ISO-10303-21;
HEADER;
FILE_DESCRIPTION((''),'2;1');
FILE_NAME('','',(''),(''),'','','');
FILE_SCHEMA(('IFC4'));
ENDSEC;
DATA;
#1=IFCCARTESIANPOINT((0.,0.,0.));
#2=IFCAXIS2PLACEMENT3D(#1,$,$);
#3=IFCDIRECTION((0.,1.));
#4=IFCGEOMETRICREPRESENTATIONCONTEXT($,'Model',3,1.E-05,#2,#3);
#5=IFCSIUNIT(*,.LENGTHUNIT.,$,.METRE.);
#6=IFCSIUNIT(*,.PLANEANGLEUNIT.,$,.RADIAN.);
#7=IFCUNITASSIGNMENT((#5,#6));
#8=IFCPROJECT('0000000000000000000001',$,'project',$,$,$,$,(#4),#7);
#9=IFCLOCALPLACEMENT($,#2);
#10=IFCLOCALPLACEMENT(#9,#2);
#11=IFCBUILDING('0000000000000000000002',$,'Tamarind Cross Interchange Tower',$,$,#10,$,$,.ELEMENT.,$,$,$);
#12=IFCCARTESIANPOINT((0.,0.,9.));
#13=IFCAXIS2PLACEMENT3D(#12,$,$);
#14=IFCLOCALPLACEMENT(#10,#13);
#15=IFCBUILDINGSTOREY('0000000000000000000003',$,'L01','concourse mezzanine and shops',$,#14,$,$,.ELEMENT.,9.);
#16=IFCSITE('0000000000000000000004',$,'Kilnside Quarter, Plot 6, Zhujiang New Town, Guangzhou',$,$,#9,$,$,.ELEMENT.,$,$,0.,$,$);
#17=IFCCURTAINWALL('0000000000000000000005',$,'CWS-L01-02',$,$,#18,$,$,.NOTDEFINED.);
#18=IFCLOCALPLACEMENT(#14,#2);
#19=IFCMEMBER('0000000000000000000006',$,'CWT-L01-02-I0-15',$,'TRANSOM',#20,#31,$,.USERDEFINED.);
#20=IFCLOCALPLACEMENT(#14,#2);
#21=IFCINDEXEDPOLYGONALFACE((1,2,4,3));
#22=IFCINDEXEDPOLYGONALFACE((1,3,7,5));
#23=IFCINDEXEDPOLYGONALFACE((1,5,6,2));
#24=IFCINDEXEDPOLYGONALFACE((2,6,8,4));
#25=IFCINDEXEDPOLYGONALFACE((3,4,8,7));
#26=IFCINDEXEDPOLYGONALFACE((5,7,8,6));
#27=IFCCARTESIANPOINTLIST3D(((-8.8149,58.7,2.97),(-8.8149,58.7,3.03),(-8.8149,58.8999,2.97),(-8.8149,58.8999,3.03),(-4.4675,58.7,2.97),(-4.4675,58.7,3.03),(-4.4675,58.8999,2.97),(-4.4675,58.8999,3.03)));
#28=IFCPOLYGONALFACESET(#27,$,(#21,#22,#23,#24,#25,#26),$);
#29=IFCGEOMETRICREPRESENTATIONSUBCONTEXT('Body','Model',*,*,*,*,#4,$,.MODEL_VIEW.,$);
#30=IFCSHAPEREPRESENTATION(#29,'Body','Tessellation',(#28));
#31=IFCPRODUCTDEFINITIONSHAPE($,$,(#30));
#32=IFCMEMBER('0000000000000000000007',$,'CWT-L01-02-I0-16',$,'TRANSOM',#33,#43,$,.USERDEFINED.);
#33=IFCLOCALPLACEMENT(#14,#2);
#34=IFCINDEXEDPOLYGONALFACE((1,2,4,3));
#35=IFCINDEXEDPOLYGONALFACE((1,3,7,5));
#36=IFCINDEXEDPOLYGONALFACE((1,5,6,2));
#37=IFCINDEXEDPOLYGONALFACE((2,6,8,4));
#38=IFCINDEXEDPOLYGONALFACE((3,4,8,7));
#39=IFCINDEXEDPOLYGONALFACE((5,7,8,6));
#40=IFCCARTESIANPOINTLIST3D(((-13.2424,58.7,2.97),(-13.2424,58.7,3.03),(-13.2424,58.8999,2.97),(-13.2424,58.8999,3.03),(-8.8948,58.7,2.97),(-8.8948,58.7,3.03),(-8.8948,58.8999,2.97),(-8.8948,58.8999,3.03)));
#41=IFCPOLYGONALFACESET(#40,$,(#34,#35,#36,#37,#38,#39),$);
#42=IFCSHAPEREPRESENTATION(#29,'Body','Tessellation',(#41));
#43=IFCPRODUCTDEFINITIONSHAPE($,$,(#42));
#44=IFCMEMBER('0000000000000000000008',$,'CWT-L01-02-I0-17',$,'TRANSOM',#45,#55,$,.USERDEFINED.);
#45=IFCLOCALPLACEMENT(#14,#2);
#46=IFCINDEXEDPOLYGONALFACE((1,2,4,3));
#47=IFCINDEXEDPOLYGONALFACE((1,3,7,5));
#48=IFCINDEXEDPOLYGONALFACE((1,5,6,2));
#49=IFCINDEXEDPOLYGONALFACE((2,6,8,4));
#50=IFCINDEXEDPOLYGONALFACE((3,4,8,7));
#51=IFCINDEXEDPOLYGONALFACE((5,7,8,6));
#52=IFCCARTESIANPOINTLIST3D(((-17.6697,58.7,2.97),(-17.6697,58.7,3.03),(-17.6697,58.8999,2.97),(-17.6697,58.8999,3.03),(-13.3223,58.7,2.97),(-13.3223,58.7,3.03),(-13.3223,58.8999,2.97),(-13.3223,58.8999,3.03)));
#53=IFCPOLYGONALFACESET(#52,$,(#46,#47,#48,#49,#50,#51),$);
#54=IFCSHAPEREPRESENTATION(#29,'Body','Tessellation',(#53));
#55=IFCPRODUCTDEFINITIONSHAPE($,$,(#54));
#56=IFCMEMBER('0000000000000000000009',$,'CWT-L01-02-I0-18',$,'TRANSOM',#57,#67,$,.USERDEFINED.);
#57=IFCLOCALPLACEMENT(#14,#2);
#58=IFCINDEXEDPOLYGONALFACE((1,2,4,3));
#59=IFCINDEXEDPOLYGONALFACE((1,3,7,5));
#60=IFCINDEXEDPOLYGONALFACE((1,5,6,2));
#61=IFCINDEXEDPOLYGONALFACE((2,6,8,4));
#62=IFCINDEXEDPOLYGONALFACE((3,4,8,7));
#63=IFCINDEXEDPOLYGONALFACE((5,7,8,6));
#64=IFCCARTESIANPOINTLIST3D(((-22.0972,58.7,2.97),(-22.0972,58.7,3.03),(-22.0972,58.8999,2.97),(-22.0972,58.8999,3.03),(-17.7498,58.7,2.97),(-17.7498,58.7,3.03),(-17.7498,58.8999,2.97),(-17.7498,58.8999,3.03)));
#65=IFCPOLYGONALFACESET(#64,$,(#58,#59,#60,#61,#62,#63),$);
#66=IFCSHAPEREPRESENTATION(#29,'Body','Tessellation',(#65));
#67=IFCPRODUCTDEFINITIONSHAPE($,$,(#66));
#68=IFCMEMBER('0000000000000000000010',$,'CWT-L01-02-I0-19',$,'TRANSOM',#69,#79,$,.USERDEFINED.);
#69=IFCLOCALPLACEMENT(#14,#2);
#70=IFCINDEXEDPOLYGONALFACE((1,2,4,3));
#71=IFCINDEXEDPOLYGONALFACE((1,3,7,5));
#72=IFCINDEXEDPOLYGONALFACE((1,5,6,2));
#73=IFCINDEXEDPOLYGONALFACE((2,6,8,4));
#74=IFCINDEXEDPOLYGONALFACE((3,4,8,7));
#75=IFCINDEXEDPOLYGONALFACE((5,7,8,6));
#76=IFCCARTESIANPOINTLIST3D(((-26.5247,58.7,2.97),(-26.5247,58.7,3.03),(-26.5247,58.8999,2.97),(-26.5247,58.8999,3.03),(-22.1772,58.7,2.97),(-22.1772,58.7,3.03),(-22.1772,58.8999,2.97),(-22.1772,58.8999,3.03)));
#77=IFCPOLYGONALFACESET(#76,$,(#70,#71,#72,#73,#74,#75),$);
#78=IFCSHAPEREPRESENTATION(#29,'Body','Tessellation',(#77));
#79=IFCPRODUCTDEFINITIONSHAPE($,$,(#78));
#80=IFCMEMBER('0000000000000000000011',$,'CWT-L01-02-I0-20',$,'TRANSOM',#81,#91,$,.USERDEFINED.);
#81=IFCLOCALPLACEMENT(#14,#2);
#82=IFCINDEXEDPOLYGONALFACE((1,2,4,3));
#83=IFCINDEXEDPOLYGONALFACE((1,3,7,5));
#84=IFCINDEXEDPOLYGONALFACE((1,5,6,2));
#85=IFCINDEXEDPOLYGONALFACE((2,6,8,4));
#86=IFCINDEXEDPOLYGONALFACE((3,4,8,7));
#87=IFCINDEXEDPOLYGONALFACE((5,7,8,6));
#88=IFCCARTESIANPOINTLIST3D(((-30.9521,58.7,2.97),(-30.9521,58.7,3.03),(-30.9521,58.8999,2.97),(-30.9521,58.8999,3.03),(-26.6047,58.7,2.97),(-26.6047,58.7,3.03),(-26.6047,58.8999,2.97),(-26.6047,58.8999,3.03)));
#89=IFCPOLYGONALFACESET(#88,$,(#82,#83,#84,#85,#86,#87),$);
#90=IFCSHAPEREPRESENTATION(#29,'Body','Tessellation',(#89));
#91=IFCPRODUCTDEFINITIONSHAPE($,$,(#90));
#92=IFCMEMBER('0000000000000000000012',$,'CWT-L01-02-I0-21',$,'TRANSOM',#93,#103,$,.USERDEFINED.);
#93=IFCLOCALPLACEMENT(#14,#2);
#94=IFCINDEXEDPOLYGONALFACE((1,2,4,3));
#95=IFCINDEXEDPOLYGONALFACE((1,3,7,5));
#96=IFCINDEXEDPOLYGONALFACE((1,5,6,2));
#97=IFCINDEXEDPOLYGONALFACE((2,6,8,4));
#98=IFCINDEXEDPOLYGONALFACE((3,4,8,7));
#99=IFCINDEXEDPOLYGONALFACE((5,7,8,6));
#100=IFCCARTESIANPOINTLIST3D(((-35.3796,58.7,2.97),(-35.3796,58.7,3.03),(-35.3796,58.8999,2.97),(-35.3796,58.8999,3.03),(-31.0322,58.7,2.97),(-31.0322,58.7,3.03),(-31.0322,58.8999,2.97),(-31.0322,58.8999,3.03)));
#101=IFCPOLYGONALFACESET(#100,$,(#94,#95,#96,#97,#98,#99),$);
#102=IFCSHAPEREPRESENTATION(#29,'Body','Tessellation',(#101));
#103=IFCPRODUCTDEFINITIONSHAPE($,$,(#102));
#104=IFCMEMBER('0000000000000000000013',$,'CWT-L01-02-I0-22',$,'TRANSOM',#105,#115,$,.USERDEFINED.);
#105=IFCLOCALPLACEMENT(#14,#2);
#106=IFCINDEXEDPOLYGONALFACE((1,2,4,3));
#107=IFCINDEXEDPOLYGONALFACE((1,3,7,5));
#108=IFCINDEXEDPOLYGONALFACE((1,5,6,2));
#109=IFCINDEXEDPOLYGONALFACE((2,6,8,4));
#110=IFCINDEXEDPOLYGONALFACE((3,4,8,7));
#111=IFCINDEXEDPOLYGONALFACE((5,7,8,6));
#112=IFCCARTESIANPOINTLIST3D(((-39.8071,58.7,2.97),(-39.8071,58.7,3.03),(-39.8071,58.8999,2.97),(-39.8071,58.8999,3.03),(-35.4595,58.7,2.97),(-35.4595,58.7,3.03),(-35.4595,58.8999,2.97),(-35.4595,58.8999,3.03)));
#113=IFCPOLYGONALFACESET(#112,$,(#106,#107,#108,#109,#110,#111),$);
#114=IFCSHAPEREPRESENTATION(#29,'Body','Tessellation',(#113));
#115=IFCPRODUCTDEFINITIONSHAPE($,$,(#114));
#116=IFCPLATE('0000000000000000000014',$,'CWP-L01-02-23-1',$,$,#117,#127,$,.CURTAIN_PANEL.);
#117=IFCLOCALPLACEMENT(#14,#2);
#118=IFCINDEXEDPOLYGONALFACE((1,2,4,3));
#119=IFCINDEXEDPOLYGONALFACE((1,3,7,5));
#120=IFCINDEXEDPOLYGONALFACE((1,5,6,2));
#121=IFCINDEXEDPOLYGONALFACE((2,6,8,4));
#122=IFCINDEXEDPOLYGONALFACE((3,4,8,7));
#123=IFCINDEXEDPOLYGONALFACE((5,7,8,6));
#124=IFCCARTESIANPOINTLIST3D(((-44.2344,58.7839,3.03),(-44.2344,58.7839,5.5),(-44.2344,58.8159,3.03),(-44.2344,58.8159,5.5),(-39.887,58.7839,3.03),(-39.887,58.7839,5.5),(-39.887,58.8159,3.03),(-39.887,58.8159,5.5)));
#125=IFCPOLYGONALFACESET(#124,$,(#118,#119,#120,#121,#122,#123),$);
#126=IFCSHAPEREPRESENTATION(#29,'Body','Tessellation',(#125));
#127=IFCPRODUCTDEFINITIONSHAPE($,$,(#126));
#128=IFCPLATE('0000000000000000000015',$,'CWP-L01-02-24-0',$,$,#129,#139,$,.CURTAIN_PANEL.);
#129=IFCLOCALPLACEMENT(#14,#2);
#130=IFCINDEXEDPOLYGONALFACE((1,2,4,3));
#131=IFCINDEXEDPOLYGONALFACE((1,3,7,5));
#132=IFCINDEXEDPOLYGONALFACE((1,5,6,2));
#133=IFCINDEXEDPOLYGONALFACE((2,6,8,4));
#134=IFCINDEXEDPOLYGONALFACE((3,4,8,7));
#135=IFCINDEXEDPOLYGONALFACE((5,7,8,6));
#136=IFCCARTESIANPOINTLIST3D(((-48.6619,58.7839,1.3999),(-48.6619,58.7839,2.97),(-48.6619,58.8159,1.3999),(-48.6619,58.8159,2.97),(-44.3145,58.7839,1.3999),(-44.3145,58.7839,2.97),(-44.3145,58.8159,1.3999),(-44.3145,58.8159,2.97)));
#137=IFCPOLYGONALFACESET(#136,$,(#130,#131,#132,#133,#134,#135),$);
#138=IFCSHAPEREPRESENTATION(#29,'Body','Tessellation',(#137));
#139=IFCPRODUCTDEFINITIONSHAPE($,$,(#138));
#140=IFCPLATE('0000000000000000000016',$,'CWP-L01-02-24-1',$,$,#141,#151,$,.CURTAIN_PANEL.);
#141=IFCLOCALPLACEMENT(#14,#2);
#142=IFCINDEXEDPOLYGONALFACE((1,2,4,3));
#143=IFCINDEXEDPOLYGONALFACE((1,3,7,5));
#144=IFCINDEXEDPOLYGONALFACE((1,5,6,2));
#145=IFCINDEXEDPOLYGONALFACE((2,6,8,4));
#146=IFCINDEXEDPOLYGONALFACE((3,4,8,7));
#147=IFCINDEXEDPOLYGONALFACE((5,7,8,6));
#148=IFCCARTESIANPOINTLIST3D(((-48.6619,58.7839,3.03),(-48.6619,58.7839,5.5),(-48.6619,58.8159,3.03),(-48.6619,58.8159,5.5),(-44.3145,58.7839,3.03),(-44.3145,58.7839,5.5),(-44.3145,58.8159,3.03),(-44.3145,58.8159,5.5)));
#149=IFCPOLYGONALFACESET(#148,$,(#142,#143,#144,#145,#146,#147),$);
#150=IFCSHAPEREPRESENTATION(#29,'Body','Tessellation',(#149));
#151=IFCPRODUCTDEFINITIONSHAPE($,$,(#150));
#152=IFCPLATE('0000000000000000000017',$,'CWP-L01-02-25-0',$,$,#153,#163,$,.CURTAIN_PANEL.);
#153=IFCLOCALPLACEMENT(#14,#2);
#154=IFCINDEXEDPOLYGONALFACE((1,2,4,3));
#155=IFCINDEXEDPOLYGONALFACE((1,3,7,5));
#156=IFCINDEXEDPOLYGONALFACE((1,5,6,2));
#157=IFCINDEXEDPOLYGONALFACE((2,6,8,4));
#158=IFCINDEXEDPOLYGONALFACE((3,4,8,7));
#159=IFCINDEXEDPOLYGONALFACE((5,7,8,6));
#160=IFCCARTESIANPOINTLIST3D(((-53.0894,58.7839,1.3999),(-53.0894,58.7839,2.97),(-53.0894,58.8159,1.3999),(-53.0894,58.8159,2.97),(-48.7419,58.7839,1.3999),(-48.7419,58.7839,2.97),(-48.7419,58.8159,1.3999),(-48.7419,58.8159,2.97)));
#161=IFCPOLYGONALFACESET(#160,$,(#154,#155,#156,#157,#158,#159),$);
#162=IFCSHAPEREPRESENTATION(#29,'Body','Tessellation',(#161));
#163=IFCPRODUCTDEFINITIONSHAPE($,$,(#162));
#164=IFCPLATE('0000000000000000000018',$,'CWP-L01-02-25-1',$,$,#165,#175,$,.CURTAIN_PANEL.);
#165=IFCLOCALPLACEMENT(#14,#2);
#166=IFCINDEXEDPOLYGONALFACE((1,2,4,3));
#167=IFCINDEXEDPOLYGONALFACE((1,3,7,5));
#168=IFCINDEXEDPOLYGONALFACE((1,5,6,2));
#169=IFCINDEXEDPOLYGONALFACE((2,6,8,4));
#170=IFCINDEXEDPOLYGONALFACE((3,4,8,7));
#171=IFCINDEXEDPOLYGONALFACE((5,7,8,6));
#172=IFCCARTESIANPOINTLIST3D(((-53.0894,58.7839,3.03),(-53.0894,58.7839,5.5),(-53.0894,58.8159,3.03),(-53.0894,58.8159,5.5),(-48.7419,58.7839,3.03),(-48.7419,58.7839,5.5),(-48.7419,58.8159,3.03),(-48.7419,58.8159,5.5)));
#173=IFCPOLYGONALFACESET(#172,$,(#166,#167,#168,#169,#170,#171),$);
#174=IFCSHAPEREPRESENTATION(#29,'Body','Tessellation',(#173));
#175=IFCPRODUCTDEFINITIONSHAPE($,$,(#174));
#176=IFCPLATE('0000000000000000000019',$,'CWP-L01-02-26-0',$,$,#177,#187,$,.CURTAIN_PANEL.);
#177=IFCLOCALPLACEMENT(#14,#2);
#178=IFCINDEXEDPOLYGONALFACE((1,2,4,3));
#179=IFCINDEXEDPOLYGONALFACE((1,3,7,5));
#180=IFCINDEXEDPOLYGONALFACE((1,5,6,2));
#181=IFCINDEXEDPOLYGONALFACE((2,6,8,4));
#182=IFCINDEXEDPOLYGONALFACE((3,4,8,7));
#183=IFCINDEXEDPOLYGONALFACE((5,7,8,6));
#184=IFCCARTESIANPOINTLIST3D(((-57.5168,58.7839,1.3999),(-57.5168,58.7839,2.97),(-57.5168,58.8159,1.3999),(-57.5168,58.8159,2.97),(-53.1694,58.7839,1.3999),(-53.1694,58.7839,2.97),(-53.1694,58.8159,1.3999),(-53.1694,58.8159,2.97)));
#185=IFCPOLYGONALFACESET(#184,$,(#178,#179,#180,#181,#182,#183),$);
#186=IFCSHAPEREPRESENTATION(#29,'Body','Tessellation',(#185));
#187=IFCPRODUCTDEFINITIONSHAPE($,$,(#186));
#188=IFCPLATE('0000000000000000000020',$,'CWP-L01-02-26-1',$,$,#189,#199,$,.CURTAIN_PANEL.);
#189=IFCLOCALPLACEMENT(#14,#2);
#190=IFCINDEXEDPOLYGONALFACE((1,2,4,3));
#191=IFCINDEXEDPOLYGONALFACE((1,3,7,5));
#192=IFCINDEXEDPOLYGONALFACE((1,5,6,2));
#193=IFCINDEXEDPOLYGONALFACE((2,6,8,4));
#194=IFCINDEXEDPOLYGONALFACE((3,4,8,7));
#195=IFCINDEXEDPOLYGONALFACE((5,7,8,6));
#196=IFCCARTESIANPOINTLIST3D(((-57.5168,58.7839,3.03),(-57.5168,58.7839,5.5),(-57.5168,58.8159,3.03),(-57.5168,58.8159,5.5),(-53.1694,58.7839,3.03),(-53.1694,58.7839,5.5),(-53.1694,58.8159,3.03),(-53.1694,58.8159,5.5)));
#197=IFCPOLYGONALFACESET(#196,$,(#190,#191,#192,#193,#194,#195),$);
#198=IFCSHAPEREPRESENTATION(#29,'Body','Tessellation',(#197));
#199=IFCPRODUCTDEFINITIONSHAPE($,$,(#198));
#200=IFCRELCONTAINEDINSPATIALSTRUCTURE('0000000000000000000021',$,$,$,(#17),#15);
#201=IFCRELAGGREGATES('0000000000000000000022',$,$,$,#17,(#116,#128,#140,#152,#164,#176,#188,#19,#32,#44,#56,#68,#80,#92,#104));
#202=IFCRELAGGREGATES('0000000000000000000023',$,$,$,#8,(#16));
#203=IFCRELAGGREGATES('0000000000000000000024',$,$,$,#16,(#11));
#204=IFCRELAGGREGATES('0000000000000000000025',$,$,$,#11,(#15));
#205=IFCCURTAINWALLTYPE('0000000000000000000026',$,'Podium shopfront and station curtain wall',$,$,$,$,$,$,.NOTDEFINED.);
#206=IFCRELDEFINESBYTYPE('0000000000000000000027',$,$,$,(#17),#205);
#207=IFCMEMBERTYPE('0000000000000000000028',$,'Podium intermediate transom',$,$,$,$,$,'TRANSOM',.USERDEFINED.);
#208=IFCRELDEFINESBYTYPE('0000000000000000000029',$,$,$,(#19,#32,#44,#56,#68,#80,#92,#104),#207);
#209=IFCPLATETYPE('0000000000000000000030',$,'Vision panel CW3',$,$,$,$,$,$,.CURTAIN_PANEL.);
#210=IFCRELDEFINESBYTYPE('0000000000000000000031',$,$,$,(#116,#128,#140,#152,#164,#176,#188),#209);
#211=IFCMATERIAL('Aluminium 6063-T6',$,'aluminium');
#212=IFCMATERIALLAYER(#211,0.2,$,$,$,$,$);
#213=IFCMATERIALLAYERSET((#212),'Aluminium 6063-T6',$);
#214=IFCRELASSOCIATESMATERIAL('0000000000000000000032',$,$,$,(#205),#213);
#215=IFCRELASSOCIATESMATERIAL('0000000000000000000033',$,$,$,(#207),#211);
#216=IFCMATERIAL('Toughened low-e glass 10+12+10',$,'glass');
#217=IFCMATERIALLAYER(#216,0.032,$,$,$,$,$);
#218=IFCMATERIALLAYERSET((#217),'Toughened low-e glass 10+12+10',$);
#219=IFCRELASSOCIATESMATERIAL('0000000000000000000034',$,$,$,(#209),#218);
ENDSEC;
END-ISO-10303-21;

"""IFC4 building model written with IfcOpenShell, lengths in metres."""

from ifc_helpers import new_model, si_unit, direction, frame, origin, place, context, subcontext, project, spatial, polyline, outline, extrude, material, layer, layer_set, type_object, element, aggregate, save


model = new_model("IFC4")

# Units and contexts
model_context = context("Model", 3, precision=1e-05, world=origin(), true_north=direction((0.0, 1.0)))
body_context = subcontext(model_context, "Body", "Model", "MODEL_VIEW")
ifc_project = project(units=[si_unit("LENGTHUNIT", "METRE"), si_unit("PLANEANGLEUNIT", "RADIAN")], contexts=[model_context])

# Site, building, storey
site_placement = place(None, origin())
site = spatial("IfcSite", under=ifc_project, at=site_placement, Name="Kilnside Quarter, Plot 6, Zhujiang New Town, Guangzhou", CompositionType="ELEMENT", RefElevation=0.0)
building_placement = place(site_placement, origin())
building = spatial("IfcBuilding", under=site, at=building_placement, Name="Tamarind Cross Interchange Tower", CompositionType="ELEMENT")
storey_placement = place(building_placement, frame((0.0, 0.0, 9.0)))
storey = spatial("IfcBuildingStorey", under=building, at=storey_placement, Name="L01", Description="concourse mezzanine and shops", CompositionType="ELEMENT", Elevation=9.0)

# Curtain wall, members, plates
ifc_material_1 = material(Name="Aluminium 6063-T6", Category="aluminium")
ifc_layer_1 = layer(ifc_material_1, 0.2)
ifc_layer_set_1 = layer_set([ifc_layer_1], Name="Aluminium 6063-T6")
curtain_wall_type = type_object("IfcCurtainWallType", Name="Podium shopfront and station curtain wall", PredefinedType="NOTDEFINED", material=ifc_layer_set_1)
curtain_wall_placement = place(storey_placement, origin())
curtain_wall = element("IfcCurtainWall", 1, at=curtain_wall_placement, inside=storey, type_object=curtain_wall_type, Name="CWS-L01-02", PredefinedType="NOTDEFINED")
member_type = type_object("IfcMemberType", Name="Podium intermediate transom", ElementType="TRANSOM", PredefinedType="USERDEFINED", material=ifc_material_1)
member_1_placement = place(storey_placement, frame((0.0, 0.0, 2.97)))
member_1 = element("IfcMember", 2, at=member_1_placement, type_object=member_type, Name="CWT-L01-02-I0-15", ObjectType="TRANSOM", PredefinedType="USERDEFINED", context=body_context, shape_type="SweptSolid", body=[
    extrude(outline(polyline([(-4.4675, 58.7), (-8.8149, 58.7), (-8.8149, 58.8999), (-4.4675, 58.8999), (-4.4675, 58.7)])), origin(), (0.0, 0.0, 1.0), 0.0601),
])
member_2_placement = place(storey_placement, frame((0.0, 0.0, 2.97)))
member_2 = element("IfcMember", 3, at=member_2_placement, type_object=member_type, Name="CWT-L01-02-I0-16", ObjectType="TRANSOM", PredefinedType="USERDEFINED", context=body_context, shape_type="SweptSolid", body=[
    extrude(outline(polyline([(-8.8948, 58.7), (-13.2424, 58.7), (-13.2424, 58.8999), (-8.8948, 58.8999), (-8.8948, 58.7)])), origin(), (0.0, 0.0, 1.0), 0.0601),
])
member_3_placement = place(storey_placement, frame((0.0, 0.0, 2.97)))
member_3 = element("IfcMember", 4, at=member_3_placement, type_object=member_type, Name="CWT-L01-02-I0-17", ObjectType="TRANSOM", PredefinedType="USERDEFINED", context=body_context, shape_type="SweptSolid", body=[
    extrude(outline(polyline([(-13.3223, 58.7), (-17.6697, 58.7), (-17.6697, 58.8999), (-13.3223, 58.8999), (-13.3223, 58.7)])), origin(), (0.0, 0.0, 1.0), 0.0601),
])
member_4_placement = place(storey_placement, frame((0.0, 0.0, 2.97)))
member_4 = element("IfcMember", 5, at=member_4_placement, type_object=member_type, Name="CWT-L01-02-I0-18", ObjectType="TRANSOM", PredefinedType="USERDEFINED", context=body_context, shape_type="SweptSolid", body=[
    extrude(outline(polyline([(-17.7498, 58.7), (-22.0972, 58.7), (-22.0972, 58.8999), (-17.7498, 58.8999), (-17.7498, 58.7)])), origin(), (0.0, 0.0, 1.0), 0.0601),
])
member_5_placement = place(storey_placement, frame((0.0, 0.0, 2.97)))
member_5 = element("IfcMember", 6, at=member_5_placement, type_object=member_type, Name="CWT-L01-02-I0-19", ObjectType="TRANSOM", PredefinedType="USERDEFINED", context=body_context, shape_type="SweptSolid", body=[
    extrude(outline(polyline([(-22.1772, 58.7), (-26.5247, 58.7), (-26.5247, 58.8999), (-22.1772, 58.8999), (-22.1772, 58.7)])), origin(), (0.0, 0.0, 1.0), 0.0601),
])
member_6_placement = place(storey_placement, frame((0.0, 0.0, 2.97)))
member_6 = element("IfcMember", 7, at=member_6_placement, type_object=member_type, Name="CWT-L01-02-I0-20", ObjectType="TRANSOM", PredefinedType="USERDEFINED", context=body_context, shape_type="SweptSolid", body=[
    extrude(outline(polyline([(-26.6047, 58.7), (-30.9521, 58.7), (-30.9521, 58.8999), (-26.6047, 58.8999), (-26.6047, 58.7)])), origin(), (0.0, 0.0, 1.0), 0.0601),
])
member_7_placement = place(storey_placement, frame((0.0, 0.0, 2.97)))
member_7 = element("IfcMember", 8, at=member_7_placement, type_object=member_type, Name="CWT-L01-02-I0-21", ObjectType="TRANSOM", PredefinedType="USERDEFINED", context=body_context, shape_type="SweptSolid", body=[
    extrude(outline(polyline([(-31.0322, 58.7), (-35.3796, 58.7), (-35.3796, 58.8999), (-31.0322, 58.8999), (-31.0322, 58.7)])), origin(), (0.0, 0.0, 1.0), 0.0601),
])
member_8_placement = place(storey_placement, frame((0.0, 0.0, 2.97)))
member_8 = element("IfcMember", 9, at=member_8_placement, type_object=member_type, Name="CWT-L01-02-I0-22", ObjectType="TRANSOM", PredefinedType="USERDEFINED", context=body_context, shape_type="SweptSolid", body=[
    extrude(outline(polyline([(-35.4595, 58.7), (-39.8071, 58.7), (-39.8071, 58.8999), (-35.4595, 58.8999), (-35.4595, 58.7)])), origin(), (0.0, 0.0, 1.0), 0.0601),
])
ifc_material_2 = material(Name="Toughened low-e glass 10+12+10", Category="glass")
ifc_layer_2 = layer(ifc_material_2, 0.032)
ifc_layer_set_2 = layer_set([ifc_layer_2], Name="Toughened low-e glass 10+12+10")
plate_type = type_object("IfcPlateType", Name="Vision panel CW3", PredefinedType="CURTAIN_PANEL", material=ifc_layer_set_2)
plate_1_placement = place(storey_placement, frame((0.0, 0.0, 3.03)))
plate_1 = element("IfcPlate", 10, at=plate_1_placement, type_object=plate_type, Name="CWP-L01-02-23-1", PredefinedType="CURTAIN_PANEL", context=body_context, shape_type="SweptSolid", body=[
    extrude(outline(polyline([(-39.887, 58.7839), (-44.2344, 58.7839), (-44.2344, 58.8159), (-39.887, 58.8159), (-39.887, 58.7839)])), origin(), (0.0, 0.0, 1.0), 2.47),
])
plate_2_placement = place(storey_placement, frame((0.0, 0.0, 1.3999)))
plate_2 = element("IfcPlate", 11, at=plate_2_placement, type_object=plate_type, Name="CWP-L01-02-24-0", PredefinedType="CURTAIN_PANEL", context=body_context, shape_type="SweptSolid", body=[
    extrude(outline(polyline([(-44.3145, 58.7839), (-48.6619, 58.7839), (-48.6619, 58.8159), (-44.3145, 58.8159), (-44.3145, 58.7839)])), origin(), (0.0, 0.0, 1.0), 1.5701),
])
plate_3_placement = place(storey_placement, frame((0.0, 0.0, 3.03)))
plate_3 = element("IfcPlate", 12, at=plate_3_placement, type_object=plate_type, Name="CWP-L01-02-24-1", PredefinedType="CURTAIN_PANEL", context=body_context, shape_type="SweptSolid", body=[
    extrude(outline(polyline([(-44.3145, 58.7839), (-48.6619, 58.7839), (-48.6619, 58.8159), (-44.3145, 58.8159), (-44.3145, 58.7839)])), origin(), (0.0, 0.0, 1.0), 2.47),
])
plate_4_placement = place(storey_placement, frame((0.0, 0.0, 1.3999)))
plate_4 = element("IfcPlate", 13, at=plate_4_placement, type_object=plate_type, Name="CWP-L01-02-25-0", PredefinedType="CURTAIN_PANEL", context=body_context, shape_type="SweptSolid", body=[
    extrude(outline(polyline([(-48.7419, 58.7839), (-53.0894, 58.7839), (-53.0894, 58.8159), (-48.7419, 58.8159), (-48.7419, 58.7839)])), origin(), (0.0, 0.0, 1.0), 1.5701),
])
plate_5_placement = place(storey_placement, frame((0.0, 0.0, 3.03)))
plate_5 = element("IfcPlate", 14, at=plate_5_placement, type_object=plate_type, Name="CWP-L01-02-25-1", PredefinedType="CURTAIN_PANEL", context=body_context, shape_type="SweptSolid", body=[
    extrude(outline(polyline([(-48.7419, 58.7839), (-53.0894, 58.7839), (-53.0894, 58.8159), (-48.7419, 58.8159), (-48.7419, 58.7839)])), origin(), (0.0, 0.0, 1.0), 2.47),
])
plate_6_placement = place(storey_placement, frame((0.0, 0.0, 1.3999)))
plate_6 = element("IfcPlate", 15, at=plate_6_placement, type_object=plate_type, Name="CWP-L01-02-26-0", PredefinedType="CURTAIN_PANEL", context=body_context, shape_type="SweptSolid", body=[
    extrude(outline(polyline([(-53.1694, 58.7839), (-57.5168, 58.7839), (-57.5168, 58.8159), (-53.1694, 58.8159), (-53.1694, 58.7839)])), origin(), (0.0, 0.0, 1.0), 1.5701),
])
plate_7_placement = place(storey_placement, frame((0.0, 0.0, 3.03)))
plate_7 = element("IfcPlate", 16, at=plate_7_placement, type_object=plate_type, Name="CWP-L01-02-26-1", PredefinedType="CURTAIN_PANEL", context=body_context, shape_type="SweptSolid", body=[
    extrude(outline(polyline([(-53.1694, 58.7839), (-57.5168, 58.7839), (-57.5168, 58.8159), (-53.1694, 58.8159), (-53.1694, 58.7839)])), origin(), (0.0, 0.0, 1.0), 2.47),
])
aggregate(curtain_wall, [plate_1, plate_2, plate_3, plate_4, plate_5, plate_6, plate_7, member_1, member_2, member_3, member_4, member_5, member_6, member_7, member_8])

save(model, "model.ifc")
